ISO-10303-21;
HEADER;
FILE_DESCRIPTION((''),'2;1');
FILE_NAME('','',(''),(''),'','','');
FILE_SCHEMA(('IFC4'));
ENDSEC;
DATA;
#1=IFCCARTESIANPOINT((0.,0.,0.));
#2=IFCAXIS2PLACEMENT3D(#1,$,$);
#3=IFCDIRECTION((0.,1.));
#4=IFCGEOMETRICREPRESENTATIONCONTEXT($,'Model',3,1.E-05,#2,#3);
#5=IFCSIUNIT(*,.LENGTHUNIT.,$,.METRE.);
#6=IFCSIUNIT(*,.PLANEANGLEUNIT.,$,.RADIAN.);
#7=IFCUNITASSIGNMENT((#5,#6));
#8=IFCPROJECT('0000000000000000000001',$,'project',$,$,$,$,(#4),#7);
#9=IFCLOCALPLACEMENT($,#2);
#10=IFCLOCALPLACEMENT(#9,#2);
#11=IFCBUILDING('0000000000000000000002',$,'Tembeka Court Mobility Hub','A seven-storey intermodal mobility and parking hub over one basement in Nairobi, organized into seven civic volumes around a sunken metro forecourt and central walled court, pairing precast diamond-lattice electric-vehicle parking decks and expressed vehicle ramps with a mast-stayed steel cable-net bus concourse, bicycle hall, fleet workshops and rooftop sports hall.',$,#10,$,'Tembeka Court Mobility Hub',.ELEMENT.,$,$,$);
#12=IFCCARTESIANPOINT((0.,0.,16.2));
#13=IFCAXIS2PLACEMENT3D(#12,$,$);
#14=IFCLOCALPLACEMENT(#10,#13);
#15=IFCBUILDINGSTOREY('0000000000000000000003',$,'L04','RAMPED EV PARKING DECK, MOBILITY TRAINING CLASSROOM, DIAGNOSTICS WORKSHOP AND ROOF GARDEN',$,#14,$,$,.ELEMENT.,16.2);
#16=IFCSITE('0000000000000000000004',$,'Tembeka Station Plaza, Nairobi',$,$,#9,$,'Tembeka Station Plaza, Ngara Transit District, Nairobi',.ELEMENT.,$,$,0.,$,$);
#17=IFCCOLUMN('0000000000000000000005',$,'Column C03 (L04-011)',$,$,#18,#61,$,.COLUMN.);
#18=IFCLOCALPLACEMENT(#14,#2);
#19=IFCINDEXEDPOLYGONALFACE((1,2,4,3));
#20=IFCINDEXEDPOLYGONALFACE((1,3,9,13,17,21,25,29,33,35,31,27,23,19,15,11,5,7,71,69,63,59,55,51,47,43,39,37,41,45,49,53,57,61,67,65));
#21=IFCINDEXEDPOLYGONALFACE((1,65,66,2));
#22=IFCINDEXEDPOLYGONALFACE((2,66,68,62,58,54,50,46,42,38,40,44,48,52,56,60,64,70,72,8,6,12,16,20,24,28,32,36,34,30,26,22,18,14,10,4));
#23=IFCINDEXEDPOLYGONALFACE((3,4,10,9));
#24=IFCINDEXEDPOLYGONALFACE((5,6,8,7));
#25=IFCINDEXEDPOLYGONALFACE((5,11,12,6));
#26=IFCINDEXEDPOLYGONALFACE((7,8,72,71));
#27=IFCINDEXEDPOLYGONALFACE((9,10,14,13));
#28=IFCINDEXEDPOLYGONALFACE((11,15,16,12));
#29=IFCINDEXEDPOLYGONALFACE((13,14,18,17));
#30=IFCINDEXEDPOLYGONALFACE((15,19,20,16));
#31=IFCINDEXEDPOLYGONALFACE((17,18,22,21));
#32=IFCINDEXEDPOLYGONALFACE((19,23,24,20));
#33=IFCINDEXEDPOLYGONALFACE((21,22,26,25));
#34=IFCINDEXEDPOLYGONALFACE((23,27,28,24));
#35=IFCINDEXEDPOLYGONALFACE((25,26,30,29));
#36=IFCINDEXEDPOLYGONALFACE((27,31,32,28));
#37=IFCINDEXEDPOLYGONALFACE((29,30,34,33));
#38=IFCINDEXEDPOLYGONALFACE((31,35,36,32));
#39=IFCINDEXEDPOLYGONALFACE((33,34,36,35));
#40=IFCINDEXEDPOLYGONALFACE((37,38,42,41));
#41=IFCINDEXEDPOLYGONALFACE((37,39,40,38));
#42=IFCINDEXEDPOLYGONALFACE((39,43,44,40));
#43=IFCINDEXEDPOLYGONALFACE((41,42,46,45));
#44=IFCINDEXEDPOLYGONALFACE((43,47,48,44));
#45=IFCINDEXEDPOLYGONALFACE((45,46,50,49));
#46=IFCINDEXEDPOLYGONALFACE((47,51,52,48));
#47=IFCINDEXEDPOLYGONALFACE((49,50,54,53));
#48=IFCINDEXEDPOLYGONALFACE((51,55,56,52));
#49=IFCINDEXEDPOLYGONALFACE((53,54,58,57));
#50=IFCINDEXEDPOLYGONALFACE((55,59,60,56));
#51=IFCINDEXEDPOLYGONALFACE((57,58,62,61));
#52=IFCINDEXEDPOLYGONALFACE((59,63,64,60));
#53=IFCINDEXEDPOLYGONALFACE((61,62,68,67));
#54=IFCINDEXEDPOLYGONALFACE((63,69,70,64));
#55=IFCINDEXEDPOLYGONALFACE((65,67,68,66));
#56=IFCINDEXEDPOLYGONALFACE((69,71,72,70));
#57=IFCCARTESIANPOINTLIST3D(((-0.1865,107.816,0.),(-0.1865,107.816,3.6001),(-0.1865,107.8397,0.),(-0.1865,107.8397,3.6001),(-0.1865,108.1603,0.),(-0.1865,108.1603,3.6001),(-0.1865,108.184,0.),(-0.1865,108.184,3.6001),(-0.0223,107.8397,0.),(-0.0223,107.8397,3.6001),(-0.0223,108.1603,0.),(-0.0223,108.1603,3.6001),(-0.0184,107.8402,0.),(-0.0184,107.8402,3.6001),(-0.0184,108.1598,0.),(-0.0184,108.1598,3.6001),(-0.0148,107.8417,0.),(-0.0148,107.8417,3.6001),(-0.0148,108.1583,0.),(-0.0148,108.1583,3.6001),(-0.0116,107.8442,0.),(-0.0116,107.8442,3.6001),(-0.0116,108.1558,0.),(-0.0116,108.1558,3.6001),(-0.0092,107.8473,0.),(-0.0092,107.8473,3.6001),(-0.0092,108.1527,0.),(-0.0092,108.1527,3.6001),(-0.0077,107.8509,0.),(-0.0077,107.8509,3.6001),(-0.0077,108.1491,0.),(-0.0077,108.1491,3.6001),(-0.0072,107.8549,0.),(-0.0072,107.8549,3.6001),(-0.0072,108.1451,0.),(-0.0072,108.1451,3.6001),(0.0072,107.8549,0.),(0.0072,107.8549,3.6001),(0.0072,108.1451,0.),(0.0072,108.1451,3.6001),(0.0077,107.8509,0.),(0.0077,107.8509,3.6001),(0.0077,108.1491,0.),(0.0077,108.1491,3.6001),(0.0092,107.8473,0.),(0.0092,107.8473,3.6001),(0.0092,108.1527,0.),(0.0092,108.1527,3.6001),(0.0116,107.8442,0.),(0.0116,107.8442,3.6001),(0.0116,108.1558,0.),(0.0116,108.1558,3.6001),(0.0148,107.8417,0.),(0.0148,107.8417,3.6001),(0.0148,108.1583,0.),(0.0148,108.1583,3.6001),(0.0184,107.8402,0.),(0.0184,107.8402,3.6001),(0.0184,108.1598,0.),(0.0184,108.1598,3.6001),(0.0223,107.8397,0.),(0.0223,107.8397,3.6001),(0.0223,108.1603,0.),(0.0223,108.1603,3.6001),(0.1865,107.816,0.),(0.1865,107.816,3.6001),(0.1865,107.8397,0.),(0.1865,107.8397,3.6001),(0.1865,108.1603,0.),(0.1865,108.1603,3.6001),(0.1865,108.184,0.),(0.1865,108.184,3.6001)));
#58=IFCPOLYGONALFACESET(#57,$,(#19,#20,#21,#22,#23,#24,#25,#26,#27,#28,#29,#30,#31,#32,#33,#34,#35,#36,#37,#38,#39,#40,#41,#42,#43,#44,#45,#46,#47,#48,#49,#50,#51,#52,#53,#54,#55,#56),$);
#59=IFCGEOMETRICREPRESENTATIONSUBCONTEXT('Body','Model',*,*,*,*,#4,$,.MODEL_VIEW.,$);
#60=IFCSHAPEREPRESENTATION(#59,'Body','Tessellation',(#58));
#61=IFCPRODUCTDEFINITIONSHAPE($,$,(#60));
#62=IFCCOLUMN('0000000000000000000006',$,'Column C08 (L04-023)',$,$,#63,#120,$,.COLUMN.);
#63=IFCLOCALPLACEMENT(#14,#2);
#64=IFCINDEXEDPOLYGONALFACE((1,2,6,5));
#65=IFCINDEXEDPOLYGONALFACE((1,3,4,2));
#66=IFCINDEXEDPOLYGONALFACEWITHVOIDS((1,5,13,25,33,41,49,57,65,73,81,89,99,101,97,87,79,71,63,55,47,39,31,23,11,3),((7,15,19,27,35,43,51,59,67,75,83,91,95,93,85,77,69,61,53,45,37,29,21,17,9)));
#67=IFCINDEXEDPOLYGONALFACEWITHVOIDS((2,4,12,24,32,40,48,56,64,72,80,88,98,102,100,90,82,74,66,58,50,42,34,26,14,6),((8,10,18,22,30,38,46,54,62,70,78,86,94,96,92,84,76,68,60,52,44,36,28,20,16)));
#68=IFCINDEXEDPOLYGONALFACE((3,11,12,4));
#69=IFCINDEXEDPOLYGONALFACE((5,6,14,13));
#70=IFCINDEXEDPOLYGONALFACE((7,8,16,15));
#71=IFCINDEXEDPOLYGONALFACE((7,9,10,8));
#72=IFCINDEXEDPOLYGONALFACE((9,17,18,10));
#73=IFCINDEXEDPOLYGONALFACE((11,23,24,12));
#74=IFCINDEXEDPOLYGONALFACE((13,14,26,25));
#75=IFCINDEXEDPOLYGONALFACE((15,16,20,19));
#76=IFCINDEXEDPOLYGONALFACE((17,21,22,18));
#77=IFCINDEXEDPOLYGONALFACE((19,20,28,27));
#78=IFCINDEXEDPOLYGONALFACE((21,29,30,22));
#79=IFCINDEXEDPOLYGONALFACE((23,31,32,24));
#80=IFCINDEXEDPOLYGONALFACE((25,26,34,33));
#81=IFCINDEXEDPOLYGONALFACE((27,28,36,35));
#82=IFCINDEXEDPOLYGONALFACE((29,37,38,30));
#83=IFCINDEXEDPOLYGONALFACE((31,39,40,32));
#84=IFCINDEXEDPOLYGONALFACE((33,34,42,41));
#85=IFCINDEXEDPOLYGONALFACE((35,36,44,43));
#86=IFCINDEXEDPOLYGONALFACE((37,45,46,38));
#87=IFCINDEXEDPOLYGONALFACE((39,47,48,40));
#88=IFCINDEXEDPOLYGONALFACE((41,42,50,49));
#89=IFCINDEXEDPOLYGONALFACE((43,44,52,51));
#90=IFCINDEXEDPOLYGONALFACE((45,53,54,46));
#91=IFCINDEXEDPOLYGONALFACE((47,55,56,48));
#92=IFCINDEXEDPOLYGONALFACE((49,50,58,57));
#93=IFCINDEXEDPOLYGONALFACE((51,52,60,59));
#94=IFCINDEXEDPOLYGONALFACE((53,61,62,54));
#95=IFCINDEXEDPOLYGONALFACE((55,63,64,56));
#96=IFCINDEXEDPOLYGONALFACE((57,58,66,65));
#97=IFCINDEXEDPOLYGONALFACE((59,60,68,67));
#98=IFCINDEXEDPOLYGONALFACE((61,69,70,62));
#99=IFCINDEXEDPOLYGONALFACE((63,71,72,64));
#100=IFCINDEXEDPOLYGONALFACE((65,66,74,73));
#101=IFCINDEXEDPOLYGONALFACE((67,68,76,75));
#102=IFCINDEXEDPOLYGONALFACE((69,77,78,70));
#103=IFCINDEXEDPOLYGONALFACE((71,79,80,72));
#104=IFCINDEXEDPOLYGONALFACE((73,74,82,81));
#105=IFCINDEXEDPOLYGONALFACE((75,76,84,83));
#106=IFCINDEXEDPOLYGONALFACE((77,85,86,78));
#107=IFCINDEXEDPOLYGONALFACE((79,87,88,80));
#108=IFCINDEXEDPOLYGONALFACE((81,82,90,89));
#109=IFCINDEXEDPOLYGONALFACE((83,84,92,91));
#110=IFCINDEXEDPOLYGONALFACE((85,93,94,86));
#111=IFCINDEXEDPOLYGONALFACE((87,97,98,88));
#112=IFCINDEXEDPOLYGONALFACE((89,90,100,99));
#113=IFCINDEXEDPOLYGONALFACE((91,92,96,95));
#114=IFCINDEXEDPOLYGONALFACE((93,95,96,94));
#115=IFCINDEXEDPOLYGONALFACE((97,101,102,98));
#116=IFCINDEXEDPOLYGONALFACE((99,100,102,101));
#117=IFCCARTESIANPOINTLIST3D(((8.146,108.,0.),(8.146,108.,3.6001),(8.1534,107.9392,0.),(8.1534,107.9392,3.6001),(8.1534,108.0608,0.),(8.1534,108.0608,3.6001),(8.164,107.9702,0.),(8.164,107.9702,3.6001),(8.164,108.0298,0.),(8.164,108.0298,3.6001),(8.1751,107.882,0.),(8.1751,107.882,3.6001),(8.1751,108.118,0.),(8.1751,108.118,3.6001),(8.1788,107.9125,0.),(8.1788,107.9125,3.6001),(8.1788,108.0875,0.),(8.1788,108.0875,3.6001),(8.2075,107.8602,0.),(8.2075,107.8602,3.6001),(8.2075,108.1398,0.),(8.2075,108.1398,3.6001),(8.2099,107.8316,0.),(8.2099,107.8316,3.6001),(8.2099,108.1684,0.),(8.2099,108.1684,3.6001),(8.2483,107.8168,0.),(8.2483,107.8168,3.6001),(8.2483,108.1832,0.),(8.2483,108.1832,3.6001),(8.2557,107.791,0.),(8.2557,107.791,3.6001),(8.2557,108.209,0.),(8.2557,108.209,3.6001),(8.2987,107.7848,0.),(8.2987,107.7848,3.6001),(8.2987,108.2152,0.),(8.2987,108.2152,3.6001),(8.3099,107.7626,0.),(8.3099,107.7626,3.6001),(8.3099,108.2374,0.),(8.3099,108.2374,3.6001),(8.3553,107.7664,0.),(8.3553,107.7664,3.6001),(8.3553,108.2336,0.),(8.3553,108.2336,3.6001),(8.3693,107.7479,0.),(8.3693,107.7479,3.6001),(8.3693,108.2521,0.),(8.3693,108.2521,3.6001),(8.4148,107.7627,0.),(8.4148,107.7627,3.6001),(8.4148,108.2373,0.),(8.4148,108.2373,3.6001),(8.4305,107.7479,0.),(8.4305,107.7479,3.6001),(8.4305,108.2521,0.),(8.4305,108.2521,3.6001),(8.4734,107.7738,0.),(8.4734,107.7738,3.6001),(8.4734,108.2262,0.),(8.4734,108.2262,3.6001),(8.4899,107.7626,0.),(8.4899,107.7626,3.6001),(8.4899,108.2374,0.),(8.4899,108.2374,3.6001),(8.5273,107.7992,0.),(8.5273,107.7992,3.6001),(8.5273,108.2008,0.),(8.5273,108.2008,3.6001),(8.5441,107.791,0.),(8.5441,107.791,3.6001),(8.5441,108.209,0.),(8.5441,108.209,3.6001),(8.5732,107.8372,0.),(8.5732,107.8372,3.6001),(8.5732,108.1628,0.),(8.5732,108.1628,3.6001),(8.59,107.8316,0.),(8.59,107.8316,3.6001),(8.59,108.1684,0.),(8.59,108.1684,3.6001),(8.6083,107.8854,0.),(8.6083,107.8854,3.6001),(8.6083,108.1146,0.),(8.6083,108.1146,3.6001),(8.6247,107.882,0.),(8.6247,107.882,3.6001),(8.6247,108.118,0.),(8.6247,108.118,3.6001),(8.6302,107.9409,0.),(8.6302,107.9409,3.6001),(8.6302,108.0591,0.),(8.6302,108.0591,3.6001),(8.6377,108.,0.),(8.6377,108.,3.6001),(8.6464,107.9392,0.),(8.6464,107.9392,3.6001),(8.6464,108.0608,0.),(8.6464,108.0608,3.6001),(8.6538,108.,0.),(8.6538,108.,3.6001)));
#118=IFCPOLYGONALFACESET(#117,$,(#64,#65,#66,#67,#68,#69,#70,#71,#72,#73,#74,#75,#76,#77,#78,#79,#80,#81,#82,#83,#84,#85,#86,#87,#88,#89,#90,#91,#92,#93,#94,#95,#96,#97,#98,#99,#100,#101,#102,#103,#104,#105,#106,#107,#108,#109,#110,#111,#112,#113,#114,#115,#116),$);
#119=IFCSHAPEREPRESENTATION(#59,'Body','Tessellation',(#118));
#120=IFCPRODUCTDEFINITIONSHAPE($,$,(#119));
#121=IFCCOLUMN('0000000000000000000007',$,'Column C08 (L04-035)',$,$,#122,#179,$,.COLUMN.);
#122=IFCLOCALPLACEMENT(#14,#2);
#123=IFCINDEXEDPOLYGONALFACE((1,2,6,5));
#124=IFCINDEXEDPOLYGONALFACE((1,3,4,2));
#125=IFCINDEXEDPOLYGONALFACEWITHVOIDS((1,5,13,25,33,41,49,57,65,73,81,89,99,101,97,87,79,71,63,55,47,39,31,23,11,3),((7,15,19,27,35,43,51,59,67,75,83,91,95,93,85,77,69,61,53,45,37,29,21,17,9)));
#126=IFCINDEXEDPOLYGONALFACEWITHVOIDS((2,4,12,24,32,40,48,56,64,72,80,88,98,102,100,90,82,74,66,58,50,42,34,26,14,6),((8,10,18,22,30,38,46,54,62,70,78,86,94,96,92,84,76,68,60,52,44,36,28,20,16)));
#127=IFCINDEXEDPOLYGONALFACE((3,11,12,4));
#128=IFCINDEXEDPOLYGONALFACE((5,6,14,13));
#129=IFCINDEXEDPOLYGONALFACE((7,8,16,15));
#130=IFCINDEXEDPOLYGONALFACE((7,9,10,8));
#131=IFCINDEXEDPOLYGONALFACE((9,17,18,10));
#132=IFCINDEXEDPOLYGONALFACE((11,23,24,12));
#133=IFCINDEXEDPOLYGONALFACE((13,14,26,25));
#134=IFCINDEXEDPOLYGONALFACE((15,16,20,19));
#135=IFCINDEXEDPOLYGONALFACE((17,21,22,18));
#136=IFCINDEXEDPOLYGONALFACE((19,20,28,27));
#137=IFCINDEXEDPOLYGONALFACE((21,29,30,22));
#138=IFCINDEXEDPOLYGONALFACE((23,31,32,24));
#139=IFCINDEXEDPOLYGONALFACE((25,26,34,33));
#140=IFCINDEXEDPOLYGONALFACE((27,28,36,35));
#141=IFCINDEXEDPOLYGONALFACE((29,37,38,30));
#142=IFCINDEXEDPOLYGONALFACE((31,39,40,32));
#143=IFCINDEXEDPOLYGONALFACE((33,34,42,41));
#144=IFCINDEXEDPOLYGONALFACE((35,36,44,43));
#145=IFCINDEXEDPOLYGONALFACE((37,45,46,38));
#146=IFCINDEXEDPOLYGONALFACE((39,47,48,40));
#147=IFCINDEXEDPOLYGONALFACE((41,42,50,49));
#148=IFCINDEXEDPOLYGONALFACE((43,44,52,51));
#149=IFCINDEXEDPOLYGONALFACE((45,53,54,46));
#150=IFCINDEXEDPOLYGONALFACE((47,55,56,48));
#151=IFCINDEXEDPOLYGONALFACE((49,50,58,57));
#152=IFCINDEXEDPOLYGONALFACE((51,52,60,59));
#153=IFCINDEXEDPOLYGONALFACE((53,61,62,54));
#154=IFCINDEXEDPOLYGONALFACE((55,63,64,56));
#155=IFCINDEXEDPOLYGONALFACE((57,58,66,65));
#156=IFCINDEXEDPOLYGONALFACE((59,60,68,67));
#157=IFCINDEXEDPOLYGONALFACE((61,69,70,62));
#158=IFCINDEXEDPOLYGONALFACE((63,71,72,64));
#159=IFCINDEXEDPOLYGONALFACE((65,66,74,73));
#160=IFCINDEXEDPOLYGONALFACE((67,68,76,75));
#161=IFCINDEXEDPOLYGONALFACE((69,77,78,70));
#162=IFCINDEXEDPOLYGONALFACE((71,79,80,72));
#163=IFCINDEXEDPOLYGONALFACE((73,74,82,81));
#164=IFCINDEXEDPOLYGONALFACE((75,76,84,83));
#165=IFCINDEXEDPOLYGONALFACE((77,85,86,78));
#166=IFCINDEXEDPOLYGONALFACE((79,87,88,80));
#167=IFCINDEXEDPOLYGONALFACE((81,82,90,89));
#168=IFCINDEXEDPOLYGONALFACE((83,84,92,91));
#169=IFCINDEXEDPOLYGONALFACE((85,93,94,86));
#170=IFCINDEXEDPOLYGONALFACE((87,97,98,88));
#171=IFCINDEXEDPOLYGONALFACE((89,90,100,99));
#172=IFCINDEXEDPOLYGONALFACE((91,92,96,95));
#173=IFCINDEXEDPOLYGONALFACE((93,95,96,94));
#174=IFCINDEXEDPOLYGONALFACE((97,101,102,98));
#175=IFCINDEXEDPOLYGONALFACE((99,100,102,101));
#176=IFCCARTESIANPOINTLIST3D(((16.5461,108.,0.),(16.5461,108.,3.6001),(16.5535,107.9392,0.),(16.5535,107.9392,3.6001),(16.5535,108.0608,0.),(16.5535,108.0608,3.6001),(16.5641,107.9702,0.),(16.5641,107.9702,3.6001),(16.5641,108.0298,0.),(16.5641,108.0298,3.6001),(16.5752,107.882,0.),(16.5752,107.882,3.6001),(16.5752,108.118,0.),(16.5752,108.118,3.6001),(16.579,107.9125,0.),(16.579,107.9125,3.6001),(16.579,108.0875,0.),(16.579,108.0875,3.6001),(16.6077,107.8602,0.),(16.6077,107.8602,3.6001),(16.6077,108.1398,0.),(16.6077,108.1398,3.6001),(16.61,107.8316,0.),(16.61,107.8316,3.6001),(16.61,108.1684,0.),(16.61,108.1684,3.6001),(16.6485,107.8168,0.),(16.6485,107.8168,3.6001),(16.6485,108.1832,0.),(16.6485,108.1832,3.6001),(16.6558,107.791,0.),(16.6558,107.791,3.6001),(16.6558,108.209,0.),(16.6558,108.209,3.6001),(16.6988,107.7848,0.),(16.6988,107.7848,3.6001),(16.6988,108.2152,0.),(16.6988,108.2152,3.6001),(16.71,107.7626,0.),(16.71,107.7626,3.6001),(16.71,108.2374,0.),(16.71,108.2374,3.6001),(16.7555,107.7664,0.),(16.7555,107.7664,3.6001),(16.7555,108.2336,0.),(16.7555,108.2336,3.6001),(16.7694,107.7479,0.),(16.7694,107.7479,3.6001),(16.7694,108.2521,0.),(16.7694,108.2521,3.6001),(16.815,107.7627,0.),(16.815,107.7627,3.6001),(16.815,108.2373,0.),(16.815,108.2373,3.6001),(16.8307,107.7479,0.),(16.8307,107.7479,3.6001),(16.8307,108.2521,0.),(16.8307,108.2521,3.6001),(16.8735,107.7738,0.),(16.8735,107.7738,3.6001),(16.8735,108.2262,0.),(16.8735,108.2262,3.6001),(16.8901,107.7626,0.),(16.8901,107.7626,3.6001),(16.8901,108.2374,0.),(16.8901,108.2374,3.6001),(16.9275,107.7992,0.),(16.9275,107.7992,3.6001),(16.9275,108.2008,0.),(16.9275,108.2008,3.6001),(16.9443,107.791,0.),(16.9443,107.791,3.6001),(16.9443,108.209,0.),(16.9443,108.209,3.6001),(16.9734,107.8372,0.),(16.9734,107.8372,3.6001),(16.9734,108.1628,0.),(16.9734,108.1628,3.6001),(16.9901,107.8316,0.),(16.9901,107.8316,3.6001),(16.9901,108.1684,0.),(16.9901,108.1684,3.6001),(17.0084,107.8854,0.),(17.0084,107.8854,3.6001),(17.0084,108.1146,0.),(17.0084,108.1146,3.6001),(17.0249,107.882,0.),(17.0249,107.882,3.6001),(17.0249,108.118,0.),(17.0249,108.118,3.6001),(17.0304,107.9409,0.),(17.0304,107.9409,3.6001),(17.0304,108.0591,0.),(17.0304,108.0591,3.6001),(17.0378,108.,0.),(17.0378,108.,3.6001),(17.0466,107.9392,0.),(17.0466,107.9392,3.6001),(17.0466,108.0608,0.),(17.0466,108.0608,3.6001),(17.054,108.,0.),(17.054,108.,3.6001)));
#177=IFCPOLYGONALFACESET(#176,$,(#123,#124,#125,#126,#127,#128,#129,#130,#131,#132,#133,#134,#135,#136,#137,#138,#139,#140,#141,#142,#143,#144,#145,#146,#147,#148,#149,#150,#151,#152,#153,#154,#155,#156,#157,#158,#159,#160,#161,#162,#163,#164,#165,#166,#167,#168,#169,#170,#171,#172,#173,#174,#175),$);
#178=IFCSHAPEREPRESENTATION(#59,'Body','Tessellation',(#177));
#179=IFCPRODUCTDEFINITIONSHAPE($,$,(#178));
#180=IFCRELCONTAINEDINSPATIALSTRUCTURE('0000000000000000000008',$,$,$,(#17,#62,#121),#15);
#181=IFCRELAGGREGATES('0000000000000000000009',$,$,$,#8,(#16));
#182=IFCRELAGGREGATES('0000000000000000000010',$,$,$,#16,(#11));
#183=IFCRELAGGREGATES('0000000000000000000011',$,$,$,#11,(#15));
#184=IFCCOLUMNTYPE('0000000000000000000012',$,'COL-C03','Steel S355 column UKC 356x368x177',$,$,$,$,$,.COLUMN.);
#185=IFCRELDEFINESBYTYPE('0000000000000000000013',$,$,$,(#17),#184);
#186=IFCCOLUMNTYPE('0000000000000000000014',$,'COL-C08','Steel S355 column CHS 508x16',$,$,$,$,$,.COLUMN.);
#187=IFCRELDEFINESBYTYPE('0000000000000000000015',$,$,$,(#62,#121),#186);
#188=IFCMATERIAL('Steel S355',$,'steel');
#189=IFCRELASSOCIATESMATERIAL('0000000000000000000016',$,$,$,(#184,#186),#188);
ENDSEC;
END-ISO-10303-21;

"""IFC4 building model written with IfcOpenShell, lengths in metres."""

from ifc_helpers import new_model, si_unit, direction, frame, origin, origin_2d, place, context, subcontext, project, spatial, hollow_circle, i_section, extrude, material, material_profile, profile_set, type_object, element, save


model = new_model("IFC4")

# Units and contexts
model_context = context("Model", 3, precision=1e-05, world=origin(), true_north=direction((0.0, 1.0)))
body_context = subcontext(model_context, "Body", "Model", "MODEL_VIEW")
ifc_project = project(units=[si_unit("LENGTHUNIT", "METRE"), si_unit("PLANEANGLEUNIT", "RADIAN")], contexts=[model_context])

# Site, building, storey
site_placement = place(None, origin())
site = spatial("IfcSite", under=ifc_project, at=site_placement, Name="Tembeka Station Plaza, Nairobi", LongName="Tembeka Station Plaza, Ngara Transit District, Nairobi", CompositionType="ELEMENT", RefElevation=0.0)
building_placement = place(site_placement, origin())
building = spatial("IfcBuilding", under=site, at=building_placement, Name="Tembeka Court Mobility Hub", Description="A seven-storey intermodal mobility and parking hub over one basement in Nairobi, organized into seven civic volumes around a sunken metro forecourt and central walled court, pairing precast diamond-lattice electric-vehicle parking decks and expressed vehicle ramps with a mast-stayed steel cable-net bus concourse, bicycle hall, fleet workshops and rooftop sports hall.", LongName="Tembeka Court Mobility Hub", CompositionType="ELEMENT")
storey_placement = place(building_placement, frame((0.0, 0.0, 16.2)))
storey = spatial("IfcBuildingStorey", under=building, at=storey_placement, Name="L04", Description="RAMPED EV PARKING DECK, MOBILITY TRAINING CLASSROOM, DIAGNOSTICS WORKSHOP AND ROOF GARDEN", CompositionType="ELEMENT", Elevation=16.2)

# Columns
ifc_material_1 = material(Name="Steel S355", Category="steel")
ifc_material_profile_1 = material_profile(ifc_material_1, i_section(OverallWidth=0.373, OverallDepth=0.3679, WebThickness=0.0144, FlangeThickness=0.0237, FilletRadius=0.0151, at=origin_2d()), Name="UKC 356x368x177")
ifc_profile_set_1 = profile_set([ifc_material_profile_1], Name="Steel S355")
column_type_1 = type_object("IfcColumnType", Name="COL-C03", Description="Steel S355 column UKC 356x368x177", PredefinedType="COLUMN", material=ifc_profile_set_1)
column_placement = place(storey_placement, frame((0.0, 108.0, 0.0), z_axis=(0.0, 0.0, 1.0), x_axis=(1.0, 0.0, 0.0)))
element("IfcColumn", 1, at=column_placement, inside=storey, type_object=column_type_1, Name="Column C03 (L04-011)", PredefinedType="COLUMN", context=body_context, shape_type="SweptSolid", body=[
    extrude(i_section(OverallWidth=0.373, OverallDepth=0.3679, WebThickness=0.0144, FlangeThickness=0.0237, FilletRadius=0.0151, at=origin_2d()), origin(), (0.0, 0.0, 1.0), 3.6001),
])
ifc_material_profile_2 = material_profile(ifc_material_1, hollow_circle(Radius=0.2539, WallThickness=0.0161, at=origin_2d()), Name="CHS 508x16")
ifc_profile_set_2 = profile_set([ifc_material_profile_2], Name="Steel S355")
column_type_2 = type_object("IfcColumnType", Name="COL-C08", Description="Steel S355 column CHS 508x16", PredefinedType="COLUMN", material=ifc_profile_set_2)
for number, where, z_axis, x_axis, name in (
    (2, (8.3999, 108.0, 0.0), (0.0, 0.0, 1.0), (1.0, 0.0, 0.0), "Column C08 (L04-023)"),
    (3, (16.8, 108.0, 0.0), (0.0, 0.0, 1.0), (1.0, 0.0, 0.0), "Column C08 (L04-035)"),
):
    element("IfcColumn", number, at=place(storey_placement, frame(where, z_axis=z_axis, x_axis=x_axis)), inside=storey, type_object=column_type_2, Name=name, PredefinedType="COLUMN", context=body_context, shape_type="SweptSolid", body=[
        extrude(hollow_circle(Radius=0.2539, WallThickness=0.0161, at=origin_2d()), origin(), (0.0, 0.0, 1.0), 3.6001),
    ])

save(model, "model.ifc")
